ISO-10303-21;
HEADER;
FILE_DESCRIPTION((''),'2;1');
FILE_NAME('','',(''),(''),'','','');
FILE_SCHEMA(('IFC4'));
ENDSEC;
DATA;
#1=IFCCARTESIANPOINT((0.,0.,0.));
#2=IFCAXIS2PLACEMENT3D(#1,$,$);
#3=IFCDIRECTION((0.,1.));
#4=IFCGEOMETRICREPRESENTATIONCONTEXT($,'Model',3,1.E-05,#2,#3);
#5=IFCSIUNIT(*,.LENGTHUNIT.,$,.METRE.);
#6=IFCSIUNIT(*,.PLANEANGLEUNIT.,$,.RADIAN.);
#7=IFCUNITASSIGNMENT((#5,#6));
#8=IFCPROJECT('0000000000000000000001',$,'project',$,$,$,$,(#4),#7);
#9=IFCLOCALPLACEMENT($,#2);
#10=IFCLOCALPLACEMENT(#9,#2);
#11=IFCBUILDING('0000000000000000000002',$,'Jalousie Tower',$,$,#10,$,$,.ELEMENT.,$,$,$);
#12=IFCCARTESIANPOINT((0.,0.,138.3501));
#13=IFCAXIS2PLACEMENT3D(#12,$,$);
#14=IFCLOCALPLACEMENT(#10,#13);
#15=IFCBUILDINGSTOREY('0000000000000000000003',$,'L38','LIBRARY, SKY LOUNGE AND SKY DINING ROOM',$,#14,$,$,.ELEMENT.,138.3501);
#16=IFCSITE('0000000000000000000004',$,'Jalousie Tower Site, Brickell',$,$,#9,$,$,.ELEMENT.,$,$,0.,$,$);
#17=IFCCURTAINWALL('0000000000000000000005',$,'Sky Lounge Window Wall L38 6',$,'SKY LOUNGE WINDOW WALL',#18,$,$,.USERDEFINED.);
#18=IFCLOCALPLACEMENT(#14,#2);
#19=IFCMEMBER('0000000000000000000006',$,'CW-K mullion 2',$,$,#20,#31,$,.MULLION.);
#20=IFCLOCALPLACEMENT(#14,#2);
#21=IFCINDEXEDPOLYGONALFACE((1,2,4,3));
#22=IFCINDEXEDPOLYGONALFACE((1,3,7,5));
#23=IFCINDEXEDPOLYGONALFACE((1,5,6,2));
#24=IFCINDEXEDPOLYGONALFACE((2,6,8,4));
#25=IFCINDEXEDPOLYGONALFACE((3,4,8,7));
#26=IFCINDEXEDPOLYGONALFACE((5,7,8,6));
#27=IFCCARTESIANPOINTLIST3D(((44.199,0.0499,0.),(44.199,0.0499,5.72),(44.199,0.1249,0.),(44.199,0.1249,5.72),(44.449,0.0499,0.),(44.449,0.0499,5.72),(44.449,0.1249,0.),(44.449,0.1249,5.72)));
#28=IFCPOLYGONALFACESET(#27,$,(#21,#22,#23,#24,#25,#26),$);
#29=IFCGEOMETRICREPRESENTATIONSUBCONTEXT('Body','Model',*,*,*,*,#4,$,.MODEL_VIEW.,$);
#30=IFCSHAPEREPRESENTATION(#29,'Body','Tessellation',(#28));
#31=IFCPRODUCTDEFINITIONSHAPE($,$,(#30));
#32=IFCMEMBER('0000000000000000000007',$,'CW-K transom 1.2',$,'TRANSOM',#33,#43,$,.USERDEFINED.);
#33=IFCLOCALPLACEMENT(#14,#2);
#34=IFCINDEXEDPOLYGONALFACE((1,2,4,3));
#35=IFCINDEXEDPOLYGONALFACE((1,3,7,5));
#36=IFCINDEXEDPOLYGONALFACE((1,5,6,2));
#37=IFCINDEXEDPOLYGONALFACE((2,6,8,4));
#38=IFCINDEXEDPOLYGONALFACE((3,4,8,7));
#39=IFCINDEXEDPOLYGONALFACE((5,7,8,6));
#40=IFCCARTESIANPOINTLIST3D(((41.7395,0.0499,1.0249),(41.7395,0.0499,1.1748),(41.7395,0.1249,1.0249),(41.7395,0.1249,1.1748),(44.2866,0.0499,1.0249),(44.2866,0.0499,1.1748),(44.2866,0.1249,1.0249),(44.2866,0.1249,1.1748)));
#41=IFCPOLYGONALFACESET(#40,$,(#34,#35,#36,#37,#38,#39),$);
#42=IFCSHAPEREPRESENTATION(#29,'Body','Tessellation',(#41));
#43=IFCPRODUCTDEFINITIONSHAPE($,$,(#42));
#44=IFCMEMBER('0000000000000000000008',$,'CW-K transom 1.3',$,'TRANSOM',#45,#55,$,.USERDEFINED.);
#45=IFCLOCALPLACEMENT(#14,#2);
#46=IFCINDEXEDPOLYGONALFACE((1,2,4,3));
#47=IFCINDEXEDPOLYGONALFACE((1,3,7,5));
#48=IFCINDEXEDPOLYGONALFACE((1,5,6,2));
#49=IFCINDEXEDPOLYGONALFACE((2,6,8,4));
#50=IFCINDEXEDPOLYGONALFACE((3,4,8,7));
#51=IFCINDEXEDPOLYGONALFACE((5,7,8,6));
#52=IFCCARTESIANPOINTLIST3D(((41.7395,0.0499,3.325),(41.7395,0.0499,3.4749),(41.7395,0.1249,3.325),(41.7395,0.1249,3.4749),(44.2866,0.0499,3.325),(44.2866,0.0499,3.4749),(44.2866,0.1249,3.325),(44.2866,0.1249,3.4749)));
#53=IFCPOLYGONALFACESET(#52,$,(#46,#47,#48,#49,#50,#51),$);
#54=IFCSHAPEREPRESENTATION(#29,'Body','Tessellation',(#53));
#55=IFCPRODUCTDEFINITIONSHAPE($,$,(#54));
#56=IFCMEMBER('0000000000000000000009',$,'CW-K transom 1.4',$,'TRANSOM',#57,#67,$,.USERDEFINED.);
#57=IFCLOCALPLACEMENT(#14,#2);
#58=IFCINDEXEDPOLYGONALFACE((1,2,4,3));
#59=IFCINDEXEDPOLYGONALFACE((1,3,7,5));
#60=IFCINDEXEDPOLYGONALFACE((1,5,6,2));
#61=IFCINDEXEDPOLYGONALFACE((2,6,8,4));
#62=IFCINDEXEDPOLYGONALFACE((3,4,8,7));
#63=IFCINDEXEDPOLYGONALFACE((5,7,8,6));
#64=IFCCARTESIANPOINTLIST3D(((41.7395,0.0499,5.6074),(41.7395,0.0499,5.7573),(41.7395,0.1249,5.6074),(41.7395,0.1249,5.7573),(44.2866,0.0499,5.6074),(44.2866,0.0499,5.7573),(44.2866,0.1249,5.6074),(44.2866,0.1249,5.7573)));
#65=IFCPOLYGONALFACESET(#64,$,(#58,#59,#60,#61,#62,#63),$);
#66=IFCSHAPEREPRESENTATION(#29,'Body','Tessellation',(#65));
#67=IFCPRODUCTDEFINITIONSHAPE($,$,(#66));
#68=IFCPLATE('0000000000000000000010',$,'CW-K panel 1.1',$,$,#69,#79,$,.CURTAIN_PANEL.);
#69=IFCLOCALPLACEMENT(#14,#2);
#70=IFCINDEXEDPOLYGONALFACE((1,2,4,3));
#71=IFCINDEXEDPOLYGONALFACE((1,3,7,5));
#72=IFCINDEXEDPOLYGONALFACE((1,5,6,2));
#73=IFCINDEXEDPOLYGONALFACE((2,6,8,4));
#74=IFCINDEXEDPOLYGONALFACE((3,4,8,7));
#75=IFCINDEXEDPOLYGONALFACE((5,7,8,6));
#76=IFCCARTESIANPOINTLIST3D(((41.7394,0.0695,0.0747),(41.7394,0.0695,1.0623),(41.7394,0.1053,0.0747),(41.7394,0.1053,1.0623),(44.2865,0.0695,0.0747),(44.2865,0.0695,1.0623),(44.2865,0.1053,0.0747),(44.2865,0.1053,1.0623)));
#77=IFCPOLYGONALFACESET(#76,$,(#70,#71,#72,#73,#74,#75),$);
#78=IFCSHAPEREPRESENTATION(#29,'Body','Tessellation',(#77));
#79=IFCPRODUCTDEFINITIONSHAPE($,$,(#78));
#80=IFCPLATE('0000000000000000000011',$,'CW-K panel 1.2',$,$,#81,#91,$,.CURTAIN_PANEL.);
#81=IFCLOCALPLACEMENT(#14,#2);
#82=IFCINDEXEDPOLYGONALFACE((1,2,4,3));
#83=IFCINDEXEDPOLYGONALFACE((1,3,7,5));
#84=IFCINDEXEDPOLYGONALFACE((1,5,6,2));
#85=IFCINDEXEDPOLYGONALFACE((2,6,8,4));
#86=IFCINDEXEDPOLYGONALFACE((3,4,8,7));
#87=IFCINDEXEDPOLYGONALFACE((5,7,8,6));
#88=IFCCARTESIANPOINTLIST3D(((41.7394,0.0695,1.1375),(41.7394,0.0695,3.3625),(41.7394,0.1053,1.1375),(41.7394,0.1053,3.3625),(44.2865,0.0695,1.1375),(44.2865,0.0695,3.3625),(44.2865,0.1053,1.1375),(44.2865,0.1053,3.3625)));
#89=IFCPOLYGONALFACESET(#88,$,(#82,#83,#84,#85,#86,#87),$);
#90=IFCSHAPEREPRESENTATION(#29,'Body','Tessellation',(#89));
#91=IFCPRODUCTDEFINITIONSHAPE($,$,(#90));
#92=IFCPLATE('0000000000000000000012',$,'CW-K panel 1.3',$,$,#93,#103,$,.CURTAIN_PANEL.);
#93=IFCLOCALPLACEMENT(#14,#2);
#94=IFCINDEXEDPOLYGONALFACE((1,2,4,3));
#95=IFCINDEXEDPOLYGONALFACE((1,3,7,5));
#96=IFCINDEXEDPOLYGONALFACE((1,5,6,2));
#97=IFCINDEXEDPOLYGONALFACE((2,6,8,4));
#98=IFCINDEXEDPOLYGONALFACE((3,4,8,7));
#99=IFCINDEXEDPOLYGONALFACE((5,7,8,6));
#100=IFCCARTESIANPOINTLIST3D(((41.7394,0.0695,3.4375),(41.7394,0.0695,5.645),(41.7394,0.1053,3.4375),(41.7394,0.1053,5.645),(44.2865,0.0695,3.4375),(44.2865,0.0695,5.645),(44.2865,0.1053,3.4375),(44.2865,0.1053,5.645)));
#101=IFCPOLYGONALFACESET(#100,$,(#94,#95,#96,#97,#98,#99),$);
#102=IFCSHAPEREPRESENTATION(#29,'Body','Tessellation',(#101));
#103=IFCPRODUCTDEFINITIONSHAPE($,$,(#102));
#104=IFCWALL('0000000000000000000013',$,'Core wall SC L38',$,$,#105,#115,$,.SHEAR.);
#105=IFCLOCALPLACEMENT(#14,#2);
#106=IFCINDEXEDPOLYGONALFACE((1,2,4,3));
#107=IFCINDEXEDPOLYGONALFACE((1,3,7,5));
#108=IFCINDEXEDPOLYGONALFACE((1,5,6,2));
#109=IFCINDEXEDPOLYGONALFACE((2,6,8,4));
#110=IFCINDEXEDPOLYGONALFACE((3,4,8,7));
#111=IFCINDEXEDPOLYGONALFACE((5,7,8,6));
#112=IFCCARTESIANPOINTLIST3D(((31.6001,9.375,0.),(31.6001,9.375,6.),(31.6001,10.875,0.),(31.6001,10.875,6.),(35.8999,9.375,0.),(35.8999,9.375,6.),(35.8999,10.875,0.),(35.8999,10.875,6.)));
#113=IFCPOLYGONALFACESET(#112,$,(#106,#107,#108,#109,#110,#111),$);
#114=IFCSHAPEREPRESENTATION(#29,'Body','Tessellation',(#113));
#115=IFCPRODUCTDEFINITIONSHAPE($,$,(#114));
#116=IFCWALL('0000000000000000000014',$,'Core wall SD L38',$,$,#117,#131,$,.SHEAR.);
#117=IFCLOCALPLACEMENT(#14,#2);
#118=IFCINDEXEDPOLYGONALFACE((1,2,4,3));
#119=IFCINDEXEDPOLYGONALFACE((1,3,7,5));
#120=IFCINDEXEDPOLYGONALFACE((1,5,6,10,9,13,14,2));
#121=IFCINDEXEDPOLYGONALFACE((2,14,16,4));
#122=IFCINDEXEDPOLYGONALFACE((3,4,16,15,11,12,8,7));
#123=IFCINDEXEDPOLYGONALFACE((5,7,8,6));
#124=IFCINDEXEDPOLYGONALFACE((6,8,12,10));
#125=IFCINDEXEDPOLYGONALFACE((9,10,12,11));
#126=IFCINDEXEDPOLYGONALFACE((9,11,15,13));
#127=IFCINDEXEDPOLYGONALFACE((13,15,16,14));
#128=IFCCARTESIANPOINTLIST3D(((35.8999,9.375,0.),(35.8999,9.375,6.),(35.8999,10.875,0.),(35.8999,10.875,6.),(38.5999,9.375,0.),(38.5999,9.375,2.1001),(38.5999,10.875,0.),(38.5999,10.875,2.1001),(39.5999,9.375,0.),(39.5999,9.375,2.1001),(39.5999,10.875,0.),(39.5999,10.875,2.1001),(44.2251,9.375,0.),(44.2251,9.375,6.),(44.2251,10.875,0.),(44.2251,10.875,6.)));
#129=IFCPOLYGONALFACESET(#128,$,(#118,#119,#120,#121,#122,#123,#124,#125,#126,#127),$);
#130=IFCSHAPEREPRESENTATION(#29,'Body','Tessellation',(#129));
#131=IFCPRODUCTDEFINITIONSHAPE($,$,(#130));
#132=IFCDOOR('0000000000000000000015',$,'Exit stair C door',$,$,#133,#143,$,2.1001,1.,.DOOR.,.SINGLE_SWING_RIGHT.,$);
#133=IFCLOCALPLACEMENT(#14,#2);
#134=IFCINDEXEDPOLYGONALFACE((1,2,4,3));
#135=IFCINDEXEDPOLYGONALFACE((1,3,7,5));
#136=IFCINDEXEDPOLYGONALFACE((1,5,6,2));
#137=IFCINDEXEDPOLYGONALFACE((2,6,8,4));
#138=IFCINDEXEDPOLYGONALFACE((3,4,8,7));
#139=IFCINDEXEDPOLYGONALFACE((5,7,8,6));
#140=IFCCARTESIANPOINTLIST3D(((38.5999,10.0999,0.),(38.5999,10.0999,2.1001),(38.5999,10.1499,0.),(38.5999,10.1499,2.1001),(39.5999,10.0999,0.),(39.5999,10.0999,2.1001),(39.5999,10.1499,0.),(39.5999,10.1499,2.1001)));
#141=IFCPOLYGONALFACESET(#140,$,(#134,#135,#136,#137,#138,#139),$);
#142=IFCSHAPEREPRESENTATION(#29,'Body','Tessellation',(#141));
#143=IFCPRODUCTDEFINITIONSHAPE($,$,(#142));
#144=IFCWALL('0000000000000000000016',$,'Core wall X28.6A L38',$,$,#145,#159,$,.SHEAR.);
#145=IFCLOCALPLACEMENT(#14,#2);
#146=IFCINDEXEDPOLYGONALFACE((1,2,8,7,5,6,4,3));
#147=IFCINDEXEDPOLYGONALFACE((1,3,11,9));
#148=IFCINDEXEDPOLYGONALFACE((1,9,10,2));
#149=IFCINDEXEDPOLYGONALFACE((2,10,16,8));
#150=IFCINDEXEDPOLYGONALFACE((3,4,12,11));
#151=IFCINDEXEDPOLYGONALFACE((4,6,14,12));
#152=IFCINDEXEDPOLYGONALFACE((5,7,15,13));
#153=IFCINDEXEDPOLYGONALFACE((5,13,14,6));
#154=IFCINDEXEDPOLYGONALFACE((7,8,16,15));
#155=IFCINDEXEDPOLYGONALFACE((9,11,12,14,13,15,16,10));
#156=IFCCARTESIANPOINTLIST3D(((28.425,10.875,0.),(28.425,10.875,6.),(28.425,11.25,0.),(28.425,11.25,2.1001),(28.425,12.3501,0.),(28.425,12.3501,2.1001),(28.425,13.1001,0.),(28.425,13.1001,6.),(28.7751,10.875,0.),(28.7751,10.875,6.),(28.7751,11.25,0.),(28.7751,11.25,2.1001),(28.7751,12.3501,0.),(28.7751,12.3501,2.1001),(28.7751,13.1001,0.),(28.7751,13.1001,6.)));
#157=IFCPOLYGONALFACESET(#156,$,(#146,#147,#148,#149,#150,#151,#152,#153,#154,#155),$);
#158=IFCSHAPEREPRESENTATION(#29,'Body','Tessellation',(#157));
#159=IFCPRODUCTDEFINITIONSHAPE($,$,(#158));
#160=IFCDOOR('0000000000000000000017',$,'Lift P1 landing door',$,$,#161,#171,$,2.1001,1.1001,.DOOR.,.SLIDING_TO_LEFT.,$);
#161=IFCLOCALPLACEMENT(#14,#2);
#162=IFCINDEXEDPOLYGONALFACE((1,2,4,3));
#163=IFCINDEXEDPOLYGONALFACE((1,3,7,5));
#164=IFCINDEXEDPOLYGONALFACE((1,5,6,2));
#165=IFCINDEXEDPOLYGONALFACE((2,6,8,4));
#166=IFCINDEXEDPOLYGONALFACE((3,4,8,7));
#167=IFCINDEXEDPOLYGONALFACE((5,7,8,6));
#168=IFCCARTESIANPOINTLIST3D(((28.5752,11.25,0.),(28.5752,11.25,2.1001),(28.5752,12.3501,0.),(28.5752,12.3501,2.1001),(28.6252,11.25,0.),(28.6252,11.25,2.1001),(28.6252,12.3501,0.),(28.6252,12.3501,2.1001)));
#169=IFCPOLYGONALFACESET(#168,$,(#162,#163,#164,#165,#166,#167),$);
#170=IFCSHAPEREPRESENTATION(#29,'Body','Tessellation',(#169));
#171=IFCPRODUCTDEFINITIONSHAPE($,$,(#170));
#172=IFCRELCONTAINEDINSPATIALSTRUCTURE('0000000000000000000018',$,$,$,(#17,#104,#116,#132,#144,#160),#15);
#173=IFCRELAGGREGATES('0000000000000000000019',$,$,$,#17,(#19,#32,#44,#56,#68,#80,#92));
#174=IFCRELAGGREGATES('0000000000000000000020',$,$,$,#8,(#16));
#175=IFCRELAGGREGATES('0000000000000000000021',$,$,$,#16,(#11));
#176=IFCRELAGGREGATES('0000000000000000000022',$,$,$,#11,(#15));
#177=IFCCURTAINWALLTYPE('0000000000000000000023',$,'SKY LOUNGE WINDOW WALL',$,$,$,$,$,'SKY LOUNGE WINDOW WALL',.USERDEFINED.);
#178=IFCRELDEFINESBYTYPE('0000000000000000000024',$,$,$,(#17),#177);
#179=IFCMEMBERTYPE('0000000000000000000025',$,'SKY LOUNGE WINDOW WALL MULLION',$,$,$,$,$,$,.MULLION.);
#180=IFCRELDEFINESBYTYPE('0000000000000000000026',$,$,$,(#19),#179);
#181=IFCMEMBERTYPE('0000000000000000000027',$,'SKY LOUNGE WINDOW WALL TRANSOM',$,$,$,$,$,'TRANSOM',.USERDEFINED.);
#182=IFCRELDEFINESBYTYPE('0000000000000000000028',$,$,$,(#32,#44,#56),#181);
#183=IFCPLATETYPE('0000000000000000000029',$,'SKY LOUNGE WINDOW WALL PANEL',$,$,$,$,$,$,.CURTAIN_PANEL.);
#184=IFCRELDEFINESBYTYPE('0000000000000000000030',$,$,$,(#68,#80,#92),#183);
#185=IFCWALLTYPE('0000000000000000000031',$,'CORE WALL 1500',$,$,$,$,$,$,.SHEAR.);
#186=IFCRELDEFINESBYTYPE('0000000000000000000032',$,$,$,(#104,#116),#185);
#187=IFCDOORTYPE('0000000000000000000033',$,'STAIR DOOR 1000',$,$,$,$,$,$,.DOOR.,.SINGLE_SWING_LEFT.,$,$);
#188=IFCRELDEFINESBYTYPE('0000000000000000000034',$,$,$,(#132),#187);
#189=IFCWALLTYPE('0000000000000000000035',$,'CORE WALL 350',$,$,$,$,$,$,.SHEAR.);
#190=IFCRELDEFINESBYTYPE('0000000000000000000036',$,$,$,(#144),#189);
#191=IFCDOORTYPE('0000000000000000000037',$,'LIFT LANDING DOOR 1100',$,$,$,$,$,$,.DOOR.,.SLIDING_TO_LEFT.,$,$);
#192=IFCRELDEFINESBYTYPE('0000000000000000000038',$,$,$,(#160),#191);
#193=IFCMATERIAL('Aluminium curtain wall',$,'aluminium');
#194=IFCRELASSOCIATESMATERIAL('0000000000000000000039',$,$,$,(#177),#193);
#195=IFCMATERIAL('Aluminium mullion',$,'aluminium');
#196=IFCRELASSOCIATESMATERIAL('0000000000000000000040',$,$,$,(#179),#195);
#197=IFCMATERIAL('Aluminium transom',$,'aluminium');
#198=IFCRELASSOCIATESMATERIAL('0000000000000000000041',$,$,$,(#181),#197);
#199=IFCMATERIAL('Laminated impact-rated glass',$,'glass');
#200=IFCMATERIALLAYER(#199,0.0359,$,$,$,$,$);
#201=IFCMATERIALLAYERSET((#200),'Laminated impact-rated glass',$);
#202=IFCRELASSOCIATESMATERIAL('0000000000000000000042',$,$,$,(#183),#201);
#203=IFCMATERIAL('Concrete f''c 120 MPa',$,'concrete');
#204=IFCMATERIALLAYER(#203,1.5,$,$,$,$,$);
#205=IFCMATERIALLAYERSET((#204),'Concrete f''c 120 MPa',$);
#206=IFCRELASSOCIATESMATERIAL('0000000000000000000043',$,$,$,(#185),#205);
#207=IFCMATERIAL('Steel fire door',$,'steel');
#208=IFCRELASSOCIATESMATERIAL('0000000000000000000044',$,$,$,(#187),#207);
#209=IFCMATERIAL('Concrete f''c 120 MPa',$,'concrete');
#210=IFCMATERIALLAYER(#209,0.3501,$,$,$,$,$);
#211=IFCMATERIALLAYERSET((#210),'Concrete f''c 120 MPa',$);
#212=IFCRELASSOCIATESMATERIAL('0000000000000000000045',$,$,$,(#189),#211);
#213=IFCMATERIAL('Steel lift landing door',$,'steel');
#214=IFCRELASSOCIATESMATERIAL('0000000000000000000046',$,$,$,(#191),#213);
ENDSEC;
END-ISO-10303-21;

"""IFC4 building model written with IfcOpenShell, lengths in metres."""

from ifc_helpers import new_model, si_unit, direction, frame, frame_2d, origin, origin_2d, place, context, subcontext, project, spatial, rectangle, extrude, material, layer, layer_set, material_profile, profile_set, type_object, element, fill, aggregate, save


model = new_model("IFC4")

# Units and contexts
model_context = context("Model", 3, precision=1e-05, world=origin(), true_north=direction((0.0, 1.0)))
body_context = subcontext(model_context, "Body", "Model", "MODEL_VIEW")
ifc_project = project(units=[si_unit("LENGTHUNIT", "METRE"), si_unit("PLANEANGLEUNIT", "RADIAN")], contexts=[model_context])

# Site, building, storey
site_placement = place(None, origin())
site = spatial("IfcSite", under=ifc_project, at=site_placement, Name="Jalousie Tower Site, Brickell", CompositionType="ELEMENT", RefElevation=0.0)
building_placement = place(site_placement, origin())
building = spatial("IfcBuilding", under=site, at=building_placement, Name="Jalousie Tower", CompositionType="ELEMENT")
storey_placement = place(building_placement, frame((0.0, 0.0, 138.3501)))
storey = spatial("IfcBuildingStorey", under=building, at=storey_placement, Name="L38", Description="LIBRARY, SKY LOUNGE AND SKY DINING ROOM", CompositionType="ELEMENT", Elevation=138.3501)

# Curtain wall, members, plates
ifc_material_1 = material(Name="Aluminium curtain wall", Category="aluminium")
curtain_wall_type_1 = type_object("IfcCurtainWallType", Name="SKY LOUNGE WINDOW WALL", ElementType="SKY LOUNGE WINDOW WALL", PredefinedType="USERDEFINED", material=ifc_material_1)
curtain_wall_1_placement = place(storey_placement, origin())
curtain_wall_1 = element("IfcCurtainWall", 1, at=curtain_wall_1_placement, inside=storey, type_object=curtain_wall_type_1, Name="Sky Lounge Window Wall L38 6", ObjectType="SKY LOUNGE WINDOW WALL", PredefinedType="USERDEFINED")
ifc_material_2 = material(Name="Aluminium mullion", Category="aluminium")
ifc_material_profile_1 = material_profile(ifc_material_2, rectangle(XDim=0.075, YDim=0.25, at=origin_2d()), Name="MULLION 75x250")
ifc_profile_set_1 = profile_set([ifc_material_profile_1], Name="Aluminium mullion")
member_type_1 = type_object("IfcMemberType", Name="SKY LOUNGE WINDOW WALL MULLION", PredefinedType="MULLION", material=ifc_profile_set_1)
member_1_placement = place(storey_placement, frame((44.324, 0.0874, 0.0), z_axis=(0.0, 0.0, 1.0), x_axis=(0.0, 1.0, 0.0)))
member_1 = element("IfcMember", 2, at=member_1_placement, type_object=member_type_1, Name="CW-K mullion 2", PredefinedType="MULLION", context=body_context, shape_type="SweptSolid", body=[
    extrude(rectangle(XDim=0.075, YDim=0.25, at=origin_2d()), origin(), (0.0, 0.0, 1.0), 5.72),
])
ifc_material_3 = material(Name="Aluminium transom", Category="aluminium")
ifc_material_profile_2 = material_profile(ifc_material_3, rectangle(XDim=0.075, YDim=0.1499, at=origin_2d()), Name="TRANSOM 75x150")
ifc_profile_set_2 = profile_set([ifc_material_profile_2], Name="Aluminium transom")
member_type_2 = type_object("IfcMemberType", Name="SKY LOUNGE WINDOW WALL TRANSOM", ElementType="TRANSOM", PredefinedType="USERDEFINED", material=ifc_profile_set_2)
member_2_placement = place(storey_placement, frame((41.7395, 0.0874, 1.0999), z_axis=(1.0, 0.0, 0.0), x_axis=(0.0, 1.0, 0.0)))
member_2 = element("IfcMember", 3, at=member_2_placement, type_object=member_type_2, Name="CW-K transom 1.2", ObjectType="TRANSOM", PredefinedType="USERDEFINED", context=body_context, shape_type="SweptSolid", body=[
    extrude(rectangle(XDim=0.075, YDim=0.1499, at=origin_2d()), origin(), (0.0, 0.0, 1.0), 2.5471),
])
member_3_placement = place(storey_placement, frame((41.7395, 0.0874, 3.3999), z_axis=(1.0, 0.0, 0.0), x_axis=(0.0, 1.0, 0.0)))
member_3 = element("IfcMember", 4, at=member_3_placement, type_object=member_type_2, Name="CW-K transom 1.3", ObjectType="TRANSOM", PredefinedType="USERDEFINED", context=body_context, shape_type="SweptSolid", body=[
    extrude(rectangle(XDim=0.075, YDim=0.1499, at=origin_2d()), origin(), (0.0, 0.0, 1.0), 2.5471),
])
member_4_placement = place(storey_placement, frame((41.7395, 0.0874, 5.6824), z_axis=(1.0, 0.0, 0.0), x_axis=(0.0, 1.0, 0.0)))
member_4 = element("IfcMember", 5, at=member_4_placement, type_object=member_type_2, Name="CW-K transom 1.4", ObjectType="TRANSOM", PredefinedType="USERDEFINED", context=body_context, shape_type="SweptSolid", body=[
    extrude(rectangle(XDim=0.075, YDim=0.1499, at=origin_2d()), origin(), (0.0, 0.0, 1.0), 2.5471),
])
ifc_material_4 = material(Name="Laminated impact-rated glass", Category="glass")
ifc_layer_1 = layer(ifc_material_4, 0.0359)
ifc_layer_set_1 = layer_set([ifc_layer_1], Name="Laminated impact-rated glass")
plate_type = type_object("IfcPlateType", Name="SKY LOUNGE WINDOW WALL PANEL", PredefinedType="CURTAIN_PANEL", material=ifc_layer_set_1)
plate_1_placement = place(storey_placement, frame((43.0129, 0.0874, 0.0747), z_axis=(0.0, 0.0, 1.0), x_axis=(1.0, 0.0, 0.0)))
plate_1 = element("IfcPlate", 6, at=plate_1_placement, type_object=plate_type, Name="CW-K panel 1.1", PredefinedType="CURTAIN_PANEL", context=body_context, shape_type="SweptSolid", body=[
    extrude(rectangle(XDim=2.5471, YDim=0.0359, at=origin_2d()), origin(), (0.0, 0.0, 1.0), 0.9875),
])
plate_2_placement = place(storey_placement, frame((43.0129, 0.0874, 1.1375), z_axis=(0.0, 0.0, 1.0), x_axis=(1.0, 0.0, 0.0)))
plate_2 = element("IfcPlate", 7, at=plate_2_placement, type_object=plate_type, Name="CW-K panel 1.2", PredefinedType="CURTAIN_PANEL", context=body_context, shape_type="SweptSolid", body=[
    extrude(rectangle(XDim=2.5471, YDim=0.0359, at=origin_2d()), origin(), (0.0, 0.0, 1.0), 2.2251),
])
plate_3_placement = place(storey_placement, frame((43.0129, 0.0874, 3.4375), z_axis=(0.0, 0.0, 1.0), x_axis=(1.0, 0.0, 0.0)))
plate_3 = element("IfcPlate", 8, at=plate_3_placement, type_object=plate_type, Name="CW-K panel 1.3", PredefinedType="CURTAIN_PANEL", context=body_context, shape_type="SweptSolid", body=[
    extrude(rectangle(XDim=2.5471, YDim=0.0359, at=origin_2d()), origin(), (0.0, 0.0, 1.0), 2.2075),
])
aggregate(curtain_wall_1, [member_1, member_2, member_3, member_4, plate_1, plate_2, plate_3])

# Wall
ifc_material_5 = material(Name="Concrete f'c 120 MPa", Category="concrete")
ifc_layer_2 = layer(ifc_material_5, 1.5)
ifc_layer_set_2 = layer_set([ifc_layer_2], Name="Concrete f'c 120 MPa")
wall_type_1 = type_object("IfcWallType", Name="CORE WALL 1500", PredefinedType="SHEAR", material=ifc_layer_set_2)
wall_1_placement = place(storey_placement, frame((31.6001, 10.125, 0.0), z_axis=(0.0, 0.0, 1.0), x_axis=(1.0, 0.0, 0.0)))
element("IfcWall", 9, at=wall_1_placement, inside=storey, type_object=wall_type_1, Name="Core wall SC L38", PredefinedType="SHEAR", context=body_context, shape_type="SweptSolid", body=[
    extrude(rectangle(XDim=4.2998, YDim=1.5, at=frame_2d((2.1499, 0.0))), origin(), (0.0, 0.0, 1.0), 6.0),
])

# Walls, openings, doors
wall_2_placement = place(storey_placement, frame((35.8999, 10.125, 0.0), z_axis=(0.0, 0.0, 1.0), x_axis=(1.0, 0.0, 0.0)))
wall_2 = element("IfcWall", 10, at=wall_2_placement, inside=storey, type_object=wall_type_1, Name="Core wall SD L38", PredefinedType="SHEAR", context=body_context, shape_type="SweptSolid", body=[
    extrude(rectangle(XDim=8.3252, YDim=1.5, at=frame_2d((4.1626, 0.0))), origin(), (0.0, 0.0, 1.0), 6.0),
])
opening_1_placement = place(wall_2_placement, frame((2.7, 0.0, 0.0)))
opening_1 = element("IfcOpeningElement", 11, at=opening_1_placement, cuts=wall_2, PredefinedType="OPENING", context=body_context, shape_type="SweptSolid", body=[
    extrude(rectangle(XDim=1.0, YDim=2.1001, at=frame_2d((0.5, 1.05))), frame((0.0, 0.76, 0.0), z_axis=(0.0, -1.0, 0.0), x_axis=(1.0, 0.0, 0.0)), (0.0, 0.0, 1.0), 1.52),
])
ifc_material_6 = material(Name="Steel fire door", Category="steel")
door_type_1 = type_object("IfcDoorType", Name="STAIR DOOR 1000", OperationType="SINGLE_SWING_LEFT", PredefinedType="DOOR", material=ifc_material_6)
door_1_placement = place(opening_1_placement, origin())
door_1 = element("IfcDoor", 12, at=door_1_placement, inside=storey, type_object=door_type_1, Name="Exit stair C door", OperationType="SINGLE_SWING_RIGHT", OverallHeight=2.1001, OverallWidth=1.0, PredefinedType="DOOR", context=body_context, shape_type="SweptSolid", body=[
    extrude(rectangle(XDim=1.0, YDim=2.1001, at=frame_2d((0.5, 1.05))), frame((0.0, 0.0249, 0.0), z_axis=(0.0, -1.0, 0.0), x_axis=(1.0, 0.0, 0.0)), (0.0, 0.0, 1.0), 0.05),
])
fill(opening_1, door_1)
ifc_material_7 = material(Name="Concrete f'c 120 MPa", Category="concrete")
ifc_layer_3 = layer(ifc_material_7, 0.3501)
ifc_layer_set_3 = layer_set([ifc_layer_3], Name="Concrete f'c 120 MPa")
wall_type_2 = type_object("IfcWallType", Name="CORE WALL 350", PredefinedType="SHEAR", material=ifc_layer_set_3)
wall_3_placement = place(storey_placement, frame((28.6001, 10.875, 0.0), z_axis=(0.0, 0.0, 1.0), x_axis=(0.0, 1.0, 0.0)))
wall_3 = element("IfcWall", 13, at=wall_3_placement, inside=storey, type_object=wall_type_2, Name="Core wall X28.6A L38", PredefinedType="SHEAR", context=body_context, shape_type="SweptSolid", body=[
    extrude(rectangle(XDim=2.2251, YDim=0.3501, at=frame_2d((1.1125, 0.0))), origin(), (0.0, 0.0, 1.0), 6.0),
])
opening_2_placement = place(wall_3_placement, frame((0.375, 0.0, 0.0)))
opening_2 = element("IfcOpeningElement", 14, at=opening_2_placement, cuts=wall_3, PredefinedType="OPENING", context=body_context, shape_type="SweptSolid", body=[
    extrude(rectangle(XDim=1.1001, YDim=2.1001, at=frame_2d((0.55, 1.05))), frame((0.0, 0.1851, 0.0), z_axis=(0.0, -1.0, 0.0), x_axis=(1.0, 0.0, 0.0)), (0.0, 0.0, 1.0), 0.3701),
])
ifc_material_8 = material(Name="Steel lift landing door", Category="steel")
door_type_2 = type_object("IfcDoorType", Name="LIFT LANDING DOOR 1100", OperationType="SLIDING_TO_LEFT", PredefinedType="DOOR", material=ifc_material_8)
door_2_placement = place(opening_2_placement, origin())
door_2 = element("IfcDoor", 15, at=door_2_placement, inside=storey, type_object=door_type_2, Name="Lift P1 landing door", OperationType="SLIDING_TO_LEFT", OverallHeight=2.1001, OverallWidth=1.1001, PredefinedType="DOOR", context=body_context, shape_type="SweptSolid", body=[
    extrude(rectangle(XDim=1.1001, YDim=2.1001, at=frame_2d((0.55, 1.05))), frame((0.0, 0.0249, 0.0), z_axis=(0.0, -1.0, 0.0), x_axis=(1.0, 0.0, 0.0)), (0.0, 0.0, 1.0), 0.05),
])
fill(opening_2, door_2)

save(model, "model.ifc")
